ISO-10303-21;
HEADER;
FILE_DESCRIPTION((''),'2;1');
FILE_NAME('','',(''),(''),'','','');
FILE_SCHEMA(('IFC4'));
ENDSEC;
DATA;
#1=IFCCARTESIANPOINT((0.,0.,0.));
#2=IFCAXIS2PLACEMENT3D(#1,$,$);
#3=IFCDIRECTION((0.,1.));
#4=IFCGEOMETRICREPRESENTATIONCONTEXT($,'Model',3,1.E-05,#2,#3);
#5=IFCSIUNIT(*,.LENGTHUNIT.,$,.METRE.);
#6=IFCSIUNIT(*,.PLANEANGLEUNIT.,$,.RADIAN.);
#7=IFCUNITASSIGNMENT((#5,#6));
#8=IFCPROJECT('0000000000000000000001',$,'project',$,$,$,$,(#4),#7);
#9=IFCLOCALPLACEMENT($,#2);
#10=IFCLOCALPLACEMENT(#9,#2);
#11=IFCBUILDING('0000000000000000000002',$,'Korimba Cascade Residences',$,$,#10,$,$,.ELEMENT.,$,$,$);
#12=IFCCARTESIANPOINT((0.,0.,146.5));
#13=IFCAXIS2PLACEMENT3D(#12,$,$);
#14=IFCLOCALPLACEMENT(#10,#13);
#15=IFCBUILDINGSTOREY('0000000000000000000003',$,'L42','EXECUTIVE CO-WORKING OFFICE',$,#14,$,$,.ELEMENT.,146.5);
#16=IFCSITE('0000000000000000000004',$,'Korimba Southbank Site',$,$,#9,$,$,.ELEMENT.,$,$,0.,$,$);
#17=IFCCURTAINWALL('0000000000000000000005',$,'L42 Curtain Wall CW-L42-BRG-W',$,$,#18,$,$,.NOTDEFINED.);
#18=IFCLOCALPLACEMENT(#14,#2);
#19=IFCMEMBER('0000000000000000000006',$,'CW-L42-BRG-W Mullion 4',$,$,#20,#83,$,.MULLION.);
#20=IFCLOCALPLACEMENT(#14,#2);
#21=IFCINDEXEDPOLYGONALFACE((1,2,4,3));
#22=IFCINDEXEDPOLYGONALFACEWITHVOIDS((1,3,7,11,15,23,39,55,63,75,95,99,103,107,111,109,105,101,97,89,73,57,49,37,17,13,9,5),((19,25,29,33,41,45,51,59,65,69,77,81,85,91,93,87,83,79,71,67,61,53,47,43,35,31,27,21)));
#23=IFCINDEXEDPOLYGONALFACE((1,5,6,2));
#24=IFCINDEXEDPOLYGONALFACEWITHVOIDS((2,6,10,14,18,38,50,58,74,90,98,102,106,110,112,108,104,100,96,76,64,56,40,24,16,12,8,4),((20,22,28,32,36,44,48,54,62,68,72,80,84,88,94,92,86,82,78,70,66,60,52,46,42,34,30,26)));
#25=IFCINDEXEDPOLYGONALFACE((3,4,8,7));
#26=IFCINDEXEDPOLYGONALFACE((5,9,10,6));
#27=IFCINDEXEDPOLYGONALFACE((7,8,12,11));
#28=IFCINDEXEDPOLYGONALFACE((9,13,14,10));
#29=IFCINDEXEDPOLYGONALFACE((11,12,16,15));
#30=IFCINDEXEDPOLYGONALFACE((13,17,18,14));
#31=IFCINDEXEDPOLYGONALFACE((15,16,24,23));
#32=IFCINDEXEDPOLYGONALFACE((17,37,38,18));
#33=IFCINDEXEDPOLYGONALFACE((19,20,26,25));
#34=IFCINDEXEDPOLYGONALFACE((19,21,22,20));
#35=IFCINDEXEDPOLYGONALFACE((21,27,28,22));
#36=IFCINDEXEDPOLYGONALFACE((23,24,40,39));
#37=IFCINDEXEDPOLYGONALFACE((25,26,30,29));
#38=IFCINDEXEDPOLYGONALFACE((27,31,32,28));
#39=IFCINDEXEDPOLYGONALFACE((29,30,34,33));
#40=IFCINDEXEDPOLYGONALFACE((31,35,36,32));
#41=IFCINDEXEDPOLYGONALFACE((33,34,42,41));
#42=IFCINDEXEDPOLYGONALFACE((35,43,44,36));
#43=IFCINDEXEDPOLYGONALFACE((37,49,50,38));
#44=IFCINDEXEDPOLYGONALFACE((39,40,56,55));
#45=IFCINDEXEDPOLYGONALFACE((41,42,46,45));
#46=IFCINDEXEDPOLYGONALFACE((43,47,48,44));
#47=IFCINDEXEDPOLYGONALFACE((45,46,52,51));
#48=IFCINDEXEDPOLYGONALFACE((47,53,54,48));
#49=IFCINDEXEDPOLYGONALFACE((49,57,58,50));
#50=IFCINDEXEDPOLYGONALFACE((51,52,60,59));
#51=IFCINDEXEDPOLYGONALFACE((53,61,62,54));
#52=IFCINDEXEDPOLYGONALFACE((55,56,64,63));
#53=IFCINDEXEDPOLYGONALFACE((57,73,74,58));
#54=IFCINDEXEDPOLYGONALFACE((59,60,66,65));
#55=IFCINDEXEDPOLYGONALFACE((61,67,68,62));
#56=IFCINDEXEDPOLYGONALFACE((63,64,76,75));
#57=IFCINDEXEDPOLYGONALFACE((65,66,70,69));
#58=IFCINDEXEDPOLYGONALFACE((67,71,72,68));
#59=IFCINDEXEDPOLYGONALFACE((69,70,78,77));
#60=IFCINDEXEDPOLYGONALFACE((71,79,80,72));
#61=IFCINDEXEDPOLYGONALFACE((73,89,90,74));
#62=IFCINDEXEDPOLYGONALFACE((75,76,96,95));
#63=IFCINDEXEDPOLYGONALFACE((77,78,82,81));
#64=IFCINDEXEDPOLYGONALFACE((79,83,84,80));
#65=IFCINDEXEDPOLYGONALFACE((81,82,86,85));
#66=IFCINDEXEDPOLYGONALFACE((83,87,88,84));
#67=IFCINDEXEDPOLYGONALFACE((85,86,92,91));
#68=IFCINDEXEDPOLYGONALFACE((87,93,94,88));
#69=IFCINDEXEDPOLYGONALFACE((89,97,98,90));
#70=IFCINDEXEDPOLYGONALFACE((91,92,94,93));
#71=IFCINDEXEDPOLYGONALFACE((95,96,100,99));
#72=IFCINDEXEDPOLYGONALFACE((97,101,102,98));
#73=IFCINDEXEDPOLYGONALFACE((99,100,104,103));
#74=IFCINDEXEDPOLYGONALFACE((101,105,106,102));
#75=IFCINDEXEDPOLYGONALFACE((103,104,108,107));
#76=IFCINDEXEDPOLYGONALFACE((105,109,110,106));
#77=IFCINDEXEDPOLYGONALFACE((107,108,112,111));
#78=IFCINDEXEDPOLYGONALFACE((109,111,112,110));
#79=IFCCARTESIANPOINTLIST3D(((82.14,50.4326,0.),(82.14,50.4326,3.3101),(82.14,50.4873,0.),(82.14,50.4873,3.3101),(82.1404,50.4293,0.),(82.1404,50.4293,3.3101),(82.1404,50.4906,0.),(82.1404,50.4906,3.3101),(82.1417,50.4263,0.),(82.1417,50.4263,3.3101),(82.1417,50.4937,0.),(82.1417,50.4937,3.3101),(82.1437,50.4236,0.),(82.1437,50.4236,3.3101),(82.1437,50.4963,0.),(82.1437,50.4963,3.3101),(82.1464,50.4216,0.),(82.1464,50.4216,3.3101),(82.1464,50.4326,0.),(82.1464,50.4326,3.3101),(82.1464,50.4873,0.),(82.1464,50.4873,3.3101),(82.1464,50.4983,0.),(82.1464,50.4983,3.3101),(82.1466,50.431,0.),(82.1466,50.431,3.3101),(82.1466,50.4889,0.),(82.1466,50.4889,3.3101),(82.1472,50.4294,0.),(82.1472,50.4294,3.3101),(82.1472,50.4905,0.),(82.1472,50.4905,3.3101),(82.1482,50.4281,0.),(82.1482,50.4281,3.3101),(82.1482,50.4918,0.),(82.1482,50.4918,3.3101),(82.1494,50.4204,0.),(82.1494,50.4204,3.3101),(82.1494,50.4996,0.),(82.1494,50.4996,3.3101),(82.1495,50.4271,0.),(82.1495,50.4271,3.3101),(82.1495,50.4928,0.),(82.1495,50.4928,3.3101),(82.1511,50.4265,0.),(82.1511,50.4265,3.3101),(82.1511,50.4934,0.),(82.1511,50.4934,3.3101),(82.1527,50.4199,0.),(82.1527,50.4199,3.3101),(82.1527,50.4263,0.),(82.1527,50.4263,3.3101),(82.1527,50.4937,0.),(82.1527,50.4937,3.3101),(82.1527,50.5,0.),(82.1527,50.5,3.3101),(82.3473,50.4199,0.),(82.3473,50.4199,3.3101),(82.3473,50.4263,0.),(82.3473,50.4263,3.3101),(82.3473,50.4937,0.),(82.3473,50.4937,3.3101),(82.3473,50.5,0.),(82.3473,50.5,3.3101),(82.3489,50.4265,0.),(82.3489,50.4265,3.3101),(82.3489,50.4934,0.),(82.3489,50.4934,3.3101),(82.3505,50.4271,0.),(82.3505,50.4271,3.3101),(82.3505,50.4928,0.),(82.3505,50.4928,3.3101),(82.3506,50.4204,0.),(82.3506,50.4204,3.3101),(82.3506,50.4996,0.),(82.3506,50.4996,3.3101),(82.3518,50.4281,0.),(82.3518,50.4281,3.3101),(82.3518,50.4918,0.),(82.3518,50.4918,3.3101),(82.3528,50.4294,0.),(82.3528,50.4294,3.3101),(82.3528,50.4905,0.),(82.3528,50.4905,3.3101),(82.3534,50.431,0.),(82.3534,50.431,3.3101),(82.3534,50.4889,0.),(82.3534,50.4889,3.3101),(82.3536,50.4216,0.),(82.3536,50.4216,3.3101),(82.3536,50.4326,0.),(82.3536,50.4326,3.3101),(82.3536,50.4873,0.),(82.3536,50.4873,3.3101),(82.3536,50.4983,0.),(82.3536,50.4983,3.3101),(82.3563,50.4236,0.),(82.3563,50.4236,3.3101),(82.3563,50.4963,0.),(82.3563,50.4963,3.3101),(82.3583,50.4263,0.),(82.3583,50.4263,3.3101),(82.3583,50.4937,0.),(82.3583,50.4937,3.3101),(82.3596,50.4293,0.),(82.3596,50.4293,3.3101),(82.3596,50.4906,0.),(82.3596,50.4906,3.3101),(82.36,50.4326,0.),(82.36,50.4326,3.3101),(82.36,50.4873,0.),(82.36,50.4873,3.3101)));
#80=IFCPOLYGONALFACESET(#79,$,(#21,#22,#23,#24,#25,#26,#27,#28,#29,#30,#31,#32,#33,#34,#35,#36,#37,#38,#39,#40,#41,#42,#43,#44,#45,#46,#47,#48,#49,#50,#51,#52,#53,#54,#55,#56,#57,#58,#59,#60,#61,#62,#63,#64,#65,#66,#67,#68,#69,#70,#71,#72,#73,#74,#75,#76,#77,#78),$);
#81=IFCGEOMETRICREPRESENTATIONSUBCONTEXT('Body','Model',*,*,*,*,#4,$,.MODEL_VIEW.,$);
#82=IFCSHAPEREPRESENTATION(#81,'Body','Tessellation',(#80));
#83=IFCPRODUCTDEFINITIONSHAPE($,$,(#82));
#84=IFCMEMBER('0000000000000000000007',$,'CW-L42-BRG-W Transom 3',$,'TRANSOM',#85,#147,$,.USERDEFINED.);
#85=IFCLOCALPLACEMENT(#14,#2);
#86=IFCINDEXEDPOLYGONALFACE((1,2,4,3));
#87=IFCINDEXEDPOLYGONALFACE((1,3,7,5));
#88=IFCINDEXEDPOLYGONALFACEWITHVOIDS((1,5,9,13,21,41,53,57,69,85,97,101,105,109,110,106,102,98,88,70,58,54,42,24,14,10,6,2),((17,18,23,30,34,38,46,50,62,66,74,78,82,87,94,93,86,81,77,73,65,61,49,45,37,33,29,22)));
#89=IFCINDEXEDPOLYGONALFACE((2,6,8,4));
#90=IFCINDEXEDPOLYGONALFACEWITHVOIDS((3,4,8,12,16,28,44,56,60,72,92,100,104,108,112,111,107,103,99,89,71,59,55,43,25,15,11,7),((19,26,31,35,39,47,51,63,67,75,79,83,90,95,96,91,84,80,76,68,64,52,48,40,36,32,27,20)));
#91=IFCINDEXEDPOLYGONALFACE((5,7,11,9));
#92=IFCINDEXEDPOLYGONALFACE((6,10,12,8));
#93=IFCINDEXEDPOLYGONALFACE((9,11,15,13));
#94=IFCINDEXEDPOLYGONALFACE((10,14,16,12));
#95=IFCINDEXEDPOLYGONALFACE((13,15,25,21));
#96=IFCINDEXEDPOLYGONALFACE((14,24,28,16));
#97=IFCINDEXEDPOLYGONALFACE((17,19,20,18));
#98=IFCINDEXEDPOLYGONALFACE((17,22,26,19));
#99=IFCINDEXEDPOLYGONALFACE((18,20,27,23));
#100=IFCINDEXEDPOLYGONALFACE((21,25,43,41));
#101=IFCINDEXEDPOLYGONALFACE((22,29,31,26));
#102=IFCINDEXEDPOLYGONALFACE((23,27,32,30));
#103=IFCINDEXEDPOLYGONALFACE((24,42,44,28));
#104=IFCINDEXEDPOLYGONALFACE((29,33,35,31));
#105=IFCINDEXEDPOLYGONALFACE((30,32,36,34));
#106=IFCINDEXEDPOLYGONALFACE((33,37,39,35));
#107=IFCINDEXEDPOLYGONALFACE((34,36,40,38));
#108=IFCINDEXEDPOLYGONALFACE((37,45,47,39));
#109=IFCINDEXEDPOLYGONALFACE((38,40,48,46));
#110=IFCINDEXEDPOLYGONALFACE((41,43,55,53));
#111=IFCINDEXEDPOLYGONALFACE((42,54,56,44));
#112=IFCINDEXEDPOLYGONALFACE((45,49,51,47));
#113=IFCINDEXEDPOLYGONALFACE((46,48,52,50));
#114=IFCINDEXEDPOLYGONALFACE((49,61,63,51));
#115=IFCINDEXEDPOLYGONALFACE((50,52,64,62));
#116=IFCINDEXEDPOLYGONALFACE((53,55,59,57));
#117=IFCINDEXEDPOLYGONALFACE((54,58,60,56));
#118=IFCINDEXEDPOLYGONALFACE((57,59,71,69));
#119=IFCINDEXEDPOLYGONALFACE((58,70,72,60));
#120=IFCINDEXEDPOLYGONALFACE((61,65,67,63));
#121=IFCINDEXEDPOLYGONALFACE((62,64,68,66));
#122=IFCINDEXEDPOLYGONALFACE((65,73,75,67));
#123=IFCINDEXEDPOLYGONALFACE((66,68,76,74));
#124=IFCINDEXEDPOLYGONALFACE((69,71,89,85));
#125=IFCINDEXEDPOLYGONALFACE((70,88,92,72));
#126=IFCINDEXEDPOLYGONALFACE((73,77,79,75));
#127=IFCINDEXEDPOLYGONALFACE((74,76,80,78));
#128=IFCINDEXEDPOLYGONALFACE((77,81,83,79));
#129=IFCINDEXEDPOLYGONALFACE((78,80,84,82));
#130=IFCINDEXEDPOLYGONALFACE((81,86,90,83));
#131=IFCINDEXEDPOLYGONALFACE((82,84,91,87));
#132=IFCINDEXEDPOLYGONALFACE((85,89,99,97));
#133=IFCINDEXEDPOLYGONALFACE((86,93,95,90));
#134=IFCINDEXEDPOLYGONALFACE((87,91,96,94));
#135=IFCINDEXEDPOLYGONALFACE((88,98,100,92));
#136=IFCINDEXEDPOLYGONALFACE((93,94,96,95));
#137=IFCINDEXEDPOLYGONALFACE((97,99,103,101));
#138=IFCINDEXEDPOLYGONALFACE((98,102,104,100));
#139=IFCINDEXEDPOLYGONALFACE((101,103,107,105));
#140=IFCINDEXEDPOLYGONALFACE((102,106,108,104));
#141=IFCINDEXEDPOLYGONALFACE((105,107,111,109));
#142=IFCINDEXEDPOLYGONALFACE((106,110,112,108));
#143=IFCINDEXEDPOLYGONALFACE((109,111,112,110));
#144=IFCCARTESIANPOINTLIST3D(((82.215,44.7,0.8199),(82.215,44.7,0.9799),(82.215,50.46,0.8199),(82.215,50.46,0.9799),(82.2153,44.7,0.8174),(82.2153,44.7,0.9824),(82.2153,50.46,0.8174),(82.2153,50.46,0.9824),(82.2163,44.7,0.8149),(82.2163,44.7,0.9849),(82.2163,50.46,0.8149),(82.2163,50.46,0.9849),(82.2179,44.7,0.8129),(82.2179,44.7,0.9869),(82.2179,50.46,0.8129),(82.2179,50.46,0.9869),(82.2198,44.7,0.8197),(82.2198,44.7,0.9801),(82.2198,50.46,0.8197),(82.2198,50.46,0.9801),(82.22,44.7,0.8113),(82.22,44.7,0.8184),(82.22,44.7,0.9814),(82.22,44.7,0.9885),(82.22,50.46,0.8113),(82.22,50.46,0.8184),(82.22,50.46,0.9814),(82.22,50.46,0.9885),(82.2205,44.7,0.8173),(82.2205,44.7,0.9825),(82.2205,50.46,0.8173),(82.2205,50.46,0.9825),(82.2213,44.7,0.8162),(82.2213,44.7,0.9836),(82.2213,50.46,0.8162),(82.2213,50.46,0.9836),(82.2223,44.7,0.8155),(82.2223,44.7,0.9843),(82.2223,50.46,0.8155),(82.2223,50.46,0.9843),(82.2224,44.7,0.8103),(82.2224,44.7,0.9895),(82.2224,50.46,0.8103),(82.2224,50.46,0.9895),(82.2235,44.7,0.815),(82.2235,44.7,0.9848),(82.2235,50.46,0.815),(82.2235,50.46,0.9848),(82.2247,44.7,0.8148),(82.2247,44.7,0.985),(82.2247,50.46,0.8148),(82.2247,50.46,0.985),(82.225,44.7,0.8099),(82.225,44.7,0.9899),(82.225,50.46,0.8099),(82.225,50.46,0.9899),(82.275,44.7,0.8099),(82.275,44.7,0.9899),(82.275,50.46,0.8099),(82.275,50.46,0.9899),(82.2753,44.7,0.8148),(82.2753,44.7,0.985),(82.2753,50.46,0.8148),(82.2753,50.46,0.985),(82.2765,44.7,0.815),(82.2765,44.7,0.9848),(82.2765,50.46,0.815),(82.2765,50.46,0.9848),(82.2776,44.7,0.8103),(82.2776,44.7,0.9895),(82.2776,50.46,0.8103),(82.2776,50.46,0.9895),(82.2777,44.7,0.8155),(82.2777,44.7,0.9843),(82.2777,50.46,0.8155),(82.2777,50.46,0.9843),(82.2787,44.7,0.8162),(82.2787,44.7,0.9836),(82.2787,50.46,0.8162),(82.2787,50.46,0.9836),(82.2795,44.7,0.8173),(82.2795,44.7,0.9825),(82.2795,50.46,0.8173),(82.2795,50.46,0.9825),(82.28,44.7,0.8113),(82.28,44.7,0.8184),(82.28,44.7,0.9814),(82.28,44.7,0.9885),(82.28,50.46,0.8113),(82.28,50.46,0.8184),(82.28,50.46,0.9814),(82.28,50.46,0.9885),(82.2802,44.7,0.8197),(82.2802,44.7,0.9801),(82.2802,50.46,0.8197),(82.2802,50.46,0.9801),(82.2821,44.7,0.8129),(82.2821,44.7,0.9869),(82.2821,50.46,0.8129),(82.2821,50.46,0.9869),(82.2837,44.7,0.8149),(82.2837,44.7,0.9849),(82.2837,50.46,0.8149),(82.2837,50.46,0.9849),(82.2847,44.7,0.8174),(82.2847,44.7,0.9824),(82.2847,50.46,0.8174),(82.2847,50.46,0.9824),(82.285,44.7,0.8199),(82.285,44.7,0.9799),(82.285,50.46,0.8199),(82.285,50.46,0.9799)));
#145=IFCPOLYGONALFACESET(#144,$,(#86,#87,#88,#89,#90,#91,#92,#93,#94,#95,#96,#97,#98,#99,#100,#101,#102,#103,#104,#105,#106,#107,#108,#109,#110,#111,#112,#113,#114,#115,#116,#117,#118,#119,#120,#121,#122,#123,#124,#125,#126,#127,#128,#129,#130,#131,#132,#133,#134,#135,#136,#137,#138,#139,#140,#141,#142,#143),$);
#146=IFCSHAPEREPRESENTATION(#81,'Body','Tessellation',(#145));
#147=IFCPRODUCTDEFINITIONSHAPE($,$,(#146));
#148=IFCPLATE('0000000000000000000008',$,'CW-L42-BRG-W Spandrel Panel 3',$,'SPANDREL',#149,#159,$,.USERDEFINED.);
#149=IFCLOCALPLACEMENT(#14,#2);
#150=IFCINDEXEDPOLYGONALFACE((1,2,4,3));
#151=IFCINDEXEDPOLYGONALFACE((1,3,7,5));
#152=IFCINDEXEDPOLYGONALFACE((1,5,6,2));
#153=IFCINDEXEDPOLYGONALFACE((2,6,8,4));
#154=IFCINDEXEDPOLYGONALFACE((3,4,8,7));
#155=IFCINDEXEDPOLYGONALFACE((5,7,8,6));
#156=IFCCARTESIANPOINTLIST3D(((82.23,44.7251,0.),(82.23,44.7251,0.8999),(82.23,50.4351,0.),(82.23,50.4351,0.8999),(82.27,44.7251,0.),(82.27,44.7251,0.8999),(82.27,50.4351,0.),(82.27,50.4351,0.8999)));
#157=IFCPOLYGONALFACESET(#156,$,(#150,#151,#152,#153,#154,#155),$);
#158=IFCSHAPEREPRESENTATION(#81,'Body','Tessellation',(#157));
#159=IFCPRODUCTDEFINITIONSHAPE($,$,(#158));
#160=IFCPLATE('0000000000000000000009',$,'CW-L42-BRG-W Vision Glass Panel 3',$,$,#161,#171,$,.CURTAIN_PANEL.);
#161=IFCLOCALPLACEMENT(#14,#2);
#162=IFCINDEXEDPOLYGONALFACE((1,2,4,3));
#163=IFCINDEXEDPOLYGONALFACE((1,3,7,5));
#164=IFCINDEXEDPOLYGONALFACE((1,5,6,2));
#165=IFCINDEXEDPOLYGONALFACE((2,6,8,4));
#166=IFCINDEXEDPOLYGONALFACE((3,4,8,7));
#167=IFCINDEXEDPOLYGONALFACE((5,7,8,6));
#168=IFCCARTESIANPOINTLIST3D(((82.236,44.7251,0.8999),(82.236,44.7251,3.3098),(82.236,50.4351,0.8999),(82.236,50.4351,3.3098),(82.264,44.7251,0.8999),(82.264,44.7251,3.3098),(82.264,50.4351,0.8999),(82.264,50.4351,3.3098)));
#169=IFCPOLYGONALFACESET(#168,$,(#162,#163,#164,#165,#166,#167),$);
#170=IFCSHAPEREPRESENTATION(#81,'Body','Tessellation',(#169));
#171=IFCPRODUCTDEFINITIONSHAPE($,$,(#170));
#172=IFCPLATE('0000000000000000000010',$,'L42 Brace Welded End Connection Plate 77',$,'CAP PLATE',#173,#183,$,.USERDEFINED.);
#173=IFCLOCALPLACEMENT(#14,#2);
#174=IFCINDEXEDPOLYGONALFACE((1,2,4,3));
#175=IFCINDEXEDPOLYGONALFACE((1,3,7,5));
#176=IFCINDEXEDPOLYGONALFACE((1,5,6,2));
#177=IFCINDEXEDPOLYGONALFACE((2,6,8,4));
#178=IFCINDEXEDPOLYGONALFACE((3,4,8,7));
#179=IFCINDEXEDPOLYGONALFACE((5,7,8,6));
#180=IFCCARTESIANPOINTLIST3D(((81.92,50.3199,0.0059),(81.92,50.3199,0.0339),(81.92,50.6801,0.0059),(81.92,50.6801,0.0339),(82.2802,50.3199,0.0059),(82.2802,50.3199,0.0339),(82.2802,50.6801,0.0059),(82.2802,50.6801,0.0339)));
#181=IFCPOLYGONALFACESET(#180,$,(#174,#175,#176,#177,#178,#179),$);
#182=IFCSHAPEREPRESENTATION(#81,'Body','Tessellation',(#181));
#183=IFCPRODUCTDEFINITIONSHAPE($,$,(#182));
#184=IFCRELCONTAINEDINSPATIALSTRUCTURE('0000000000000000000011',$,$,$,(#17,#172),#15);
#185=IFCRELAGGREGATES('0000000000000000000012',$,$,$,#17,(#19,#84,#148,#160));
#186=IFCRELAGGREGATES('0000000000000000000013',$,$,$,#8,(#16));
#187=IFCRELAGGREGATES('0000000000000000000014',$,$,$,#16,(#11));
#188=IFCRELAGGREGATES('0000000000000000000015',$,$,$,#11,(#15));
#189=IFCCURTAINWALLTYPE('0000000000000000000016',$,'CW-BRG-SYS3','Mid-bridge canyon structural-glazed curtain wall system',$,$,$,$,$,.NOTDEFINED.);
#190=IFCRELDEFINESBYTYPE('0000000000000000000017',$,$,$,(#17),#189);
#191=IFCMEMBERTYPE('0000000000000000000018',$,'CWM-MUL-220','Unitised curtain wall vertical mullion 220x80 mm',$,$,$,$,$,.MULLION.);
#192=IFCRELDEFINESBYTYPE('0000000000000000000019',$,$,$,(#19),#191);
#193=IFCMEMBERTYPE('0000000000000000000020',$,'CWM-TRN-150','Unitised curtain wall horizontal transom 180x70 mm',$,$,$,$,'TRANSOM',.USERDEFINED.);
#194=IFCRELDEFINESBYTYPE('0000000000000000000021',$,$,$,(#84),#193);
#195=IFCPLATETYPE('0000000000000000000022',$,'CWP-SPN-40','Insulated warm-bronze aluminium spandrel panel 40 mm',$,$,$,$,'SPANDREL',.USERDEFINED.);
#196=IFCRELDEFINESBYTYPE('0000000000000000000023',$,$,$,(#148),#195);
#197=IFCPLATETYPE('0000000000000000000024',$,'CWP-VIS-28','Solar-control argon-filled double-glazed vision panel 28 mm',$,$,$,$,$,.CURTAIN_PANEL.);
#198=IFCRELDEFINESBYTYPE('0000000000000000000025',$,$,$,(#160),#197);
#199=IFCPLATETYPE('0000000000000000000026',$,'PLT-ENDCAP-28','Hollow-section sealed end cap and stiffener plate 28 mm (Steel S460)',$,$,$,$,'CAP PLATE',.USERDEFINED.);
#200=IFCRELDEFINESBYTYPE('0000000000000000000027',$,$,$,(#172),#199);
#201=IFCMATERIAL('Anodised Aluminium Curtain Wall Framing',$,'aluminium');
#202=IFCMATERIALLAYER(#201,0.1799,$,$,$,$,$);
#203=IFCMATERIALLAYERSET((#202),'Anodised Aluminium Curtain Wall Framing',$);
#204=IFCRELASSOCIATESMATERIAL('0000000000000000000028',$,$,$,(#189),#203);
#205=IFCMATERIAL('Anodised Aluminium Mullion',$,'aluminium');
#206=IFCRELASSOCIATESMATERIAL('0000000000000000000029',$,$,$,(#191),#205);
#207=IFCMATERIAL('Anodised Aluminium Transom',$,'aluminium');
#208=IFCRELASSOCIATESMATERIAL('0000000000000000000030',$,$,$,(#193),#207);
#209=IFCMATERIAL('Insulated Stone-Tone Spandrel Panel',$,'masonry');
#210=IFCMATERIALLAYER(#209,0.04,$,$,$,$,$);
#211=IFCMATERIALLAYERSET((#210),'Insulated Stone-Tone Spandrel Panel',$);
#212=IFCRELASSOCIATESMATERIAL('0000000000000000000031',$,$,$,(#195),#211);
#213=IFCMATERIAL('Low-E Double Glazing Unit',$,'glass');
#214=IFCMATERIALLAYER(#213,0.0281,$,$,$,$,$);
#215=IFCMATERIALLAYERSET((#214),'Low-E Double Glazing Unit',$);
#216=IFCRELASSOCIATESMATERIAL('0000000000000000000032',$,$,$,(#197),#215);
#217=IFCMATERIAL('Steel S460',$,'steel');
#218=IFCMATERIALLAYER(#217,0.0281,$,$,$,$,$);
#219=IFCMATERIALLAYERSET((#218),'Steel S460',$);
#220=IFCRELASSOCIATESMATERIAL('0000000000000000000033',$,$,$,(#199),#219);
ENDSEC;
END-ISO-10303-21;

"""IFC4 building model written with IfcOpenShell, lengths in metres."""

from ifc_helpers import new_model, si_unit, direction, frame, origin, origin_2d, place, context, subcontext, project, spatial, rectangle, hollow_rectangle, extrude, material, layer, layer_set, material_profile, profile_set, type_object, element, aggregate, save


model = new_model("IFC4")

# Units and contexts
model_context = context("Model", 3, precision=1e-05, world=origin(), true_north=direction((0.0, 1.0)))
body_context = subcontext(model_context, "Body", "Model", "MODEL_VIEW")
ifc_project = project(units=[si_unit("LENGTHUNIT", "METRE"), si_unit("PLANEANGLEUNIT", "RADIAN")], contexts=[model_context])

# Site, building, storey
site_placement = place(None, origin())
site = spatial("IfcSite", under=ifc_project, at=site_placement, Name="Korimba Southbank Site", CompositionType="ELEMENT", RefElevation=0.0)
building_placement = place(site_placement, origin())
building = spatial("IfcBuilding", under=site, at=building_placement, Name="Korimba Cascade Residences", CompositionType="ELEMENT")
storey_placement = place(building_placement, frame((0.0, 0.0, 146.5)))
storey = spatial("IfcBuildingStorey", under=building, at=storey_placement, Name="L42", Description="EXECUTIVE CO-WORKING OFFICE", CompositionType="ELEMENT", Elevation=146.5)

# Shared definitions
ifc_material_1 = material(Name="Steel S460", Category="steel")

# Curtain wall, members, plates
ifc_material_2 = material(Name="Anodised Aluminium Curtain Wall Framing", Category="aluminium")
ifc_layer_1 = layer(ifc_material_2, 0.1799)
ifc_layer_set_1 = layer_set([ifc_layer_1], Name="Anodised Aluminium Curtain Wall Framing")
curtain_wall_type = type_object("IfcCurtainWallType", Name="CW-BRG-SYS3", Description="Mid-bridge canyon structural-glazed curtain wall system", PredefinedType="NOTDEFINED", material=ifc_layer_set_1)
curtain_wall_placement = place(storey_placement, origin())
curtain_wall = element("IfcCurtainWall", 1, at=curtain_wall_placement, inside=storey, type_object=curtain_wall_type, Name="L42 Curtain Wall CW-L42-BRG-W", PredefinedType="NOTDEFINED")
ifc_material_3 = material(Name="Anodised Aluminium Mullion", Category="aluminium")
ifc_material_profile_1 = material_profile(ifc_material_3, hollow_rectangle(XDim=0.0801, YDim=0.22, WallThickness=0.0063, InnerFilletRadius=0.0063, OuterFilletRadius=0.0127, at=origin_2d()), Name="Anodised Aluminium Mullion")
ifc_profile_set_1 = profile_set([ifc_material_profile_1], Name="Anodised Aluminium Mullion")
member_type_1 = type_object("IfcMemberType", Name="CWM-MUL-220", Description="Unitised curtain wall vertical mullion 220x80 mm", PredefinedType="MULLION", material=ifc_profile_set_1)
member_1_placement = place(storey_placement, frame((82.25, 50.46, 0.0), z_axis=(0.0, 0.0, 1.0), x_axis=(0.0, 1.0, 0.0)))
member_1 = element("IfcMember", 2, at=member_1_placement, type_object=member_type_1, Name="CW-L42-BRG-W Mullion 4", PredefinedType="MULLION", context=body_context, shape_type="SweptSolid", body=[
    extrude(hollow_rectangle(XDim=0.0801, YDim=0.22, WallThickness=0.0063, InnerFilletRadius=0.0063, OuterFilletRadius=0.0127, at=origin_2d()), origin(), (0.0, 0.0, 1.0), 3.3101),
])
ifc_material_4 = material(Name="Anodised Aluminium Transom", Category="aluminium")
ifc_material_profile_2 = material_profile(ifc_material_4, hollow_rectangle(XDim=0.0701, YDim=0.1799, WallThickness=0.0049, InnerFilletRadius=0.0049, OuterFilletRadius=0.01, at=origin_2d()), Name="Anodised Aluminium Transom")
ifc_profile_set_2 = profile_set([ifc_material_profile_2], Name="Anodised Aluminium Transom")
member_type_2 = type_object("IfcMemberType", Name="CWM-TRN-150", Description="Unitised curtain wall horizontal transom 180x70 mm", ElementType="TRANSOM", PredefinedType="USERDEFINED", material=ifc_profile_set_2)
member_2_placement = place(storey_placement, frame((82.25, 44.7, 0.8999), z_axis=(0.0, 1.0, 0.0), x_axis=(-1.0, 0.0, 0.0)))
member_2 = element("IfcMember", 3, at=member_2_placement, type_object=member_type_2, Name="CW-L42-BRG-W Transom 3", ObjectType="TRANSOM", PredefinedType="USERDEFINED", context=body_context, shape_type="SweptSolid", body=[
    extrude(hollow_rectangle(XDim=0.0701, YDim=0.1799, WallThickness=0.0049, InnerFilletRadius=0.0049, OuterFilletRadius=0.01, at=origin_2d()), origin(), (0.0, 0.0, 1.0), 5.76),
])
ifc_material_5 = material(Name="Insulated Stone-Tone Spandrel Panel", Category="masonry")
ifc_layer_2 = layer(ifc_material_5, 0.04)
ifc_layer_set_2 = layer_set([ifc_layer_2], Name="Insulated Stone-Tone Spandrel Panel")
plate_type_1 = type_object("IfcPlateType", Name="CWP-SPN-40", Description="Insulated warm-bronze aluminium spandrel panel 40 mm", ElementType="SPANDREL", PredefinedType="USERDEFINED", material=ifc_layer_set_2)
plate_1_placement = place(storey_placement, frame((82.25, 47.5801, 0.0), z_axis=(0.0, 0.0, 1.0), x_axis=(0.0, 1.0, 0.0)))
plate_1 = element("IfcPlate", 4, at=plate_1_placement, type_object=plate_type_1, Name="CW-L42-BRG-W Spandrel Panel 3", ObjectType="SPANDREL", PredefinedType="USERDEFINED", context=body_context, shape_type="SweptSolid", body=[
    extrude(rectangle(XDim=5.71, YDim=0.04, at=origin_2d()), origin(), (0.0, 0.0, 1.0), 0.8999),
])
ifc_material_6 = material(Name="Low-E Double Glazing Unit", Category="glass")
ifc_layer_3 = layer(ifc_material_6, 0.0281)
ifc_layer_set_3 = layer_set([ifc_layer_3], Name="Low-E Double Glazing Unit")
plate_type_2 = type_object("IfcPlateType", Name="CWP-VIS-28", Description="Solar-control argon-filled double-glazed vision panel 28 mm", PredefinedType="CURTAIN_PANEL", material=ifc_layer_set_3)
plate_2_placement = place(storey_placement, frame((82.25, 47.5801, 0.8999), z_axis=(0.0, 0.0, 1.0), x_axis=(0.0, 1.0, 0.0)))
plate_2 = element("IfcPlate", 5, at=plate_2_placement, type_object=plate_type_2, Name="CW-L42-BRG-W Vision Glass Panel 3", PredefinedType="CURTAIN_PANEL", context=body_context, shape_type="SweptSolid", body=[
    extrude(rectangle(XDim=5.71, YDim=0.0281, at=origin_2d()), origin(), (0.0, 0.0, 1.0), 2.4099),
])
aggregate(curtain_wall, [member_1, member_2, plate_1, plate_2])

# Plate
ifc_layer_4 = layer(ifc_material_1, 0.0281)
ifc_layer_set_4 = layer_set([ifc_layer_4], Name="Steel S460")
plate_type_3 = type_object("IfcPlateType", Name="PLT-ENDCAP-28", Description="Hollow-section sealed end cap and stiffener plate 28 mm (Steel S460)", ElementType="CAP PLATE", PredefinedType="USERDEFINED", material=ifc_layer_set_4)
plate_3_placement = place(storey_placement, frame((82.1001, 50.5, 0.0059), z_axis=(0.0, 0.0, 1.0), x_axis=(1.0, 0.0, 0.0)))
element("IfcPlate", 6, at=plate_3_placement, inside=storey, type_object=plate_type_3, Name="L42 Brace Welded End Connection Plate 77", ObjectType="CAP PLATE", PredefinedType="USERDEFINED", context=body_context, shape_type="SweptSolid", body=[
    extrude(rectangle(XDim=0.3601, YDim=0.3601, at=origin_2d()), origin(), (0.0, 0.0, 1.0), 0.0281),
])

save(model, "model.ifc")
